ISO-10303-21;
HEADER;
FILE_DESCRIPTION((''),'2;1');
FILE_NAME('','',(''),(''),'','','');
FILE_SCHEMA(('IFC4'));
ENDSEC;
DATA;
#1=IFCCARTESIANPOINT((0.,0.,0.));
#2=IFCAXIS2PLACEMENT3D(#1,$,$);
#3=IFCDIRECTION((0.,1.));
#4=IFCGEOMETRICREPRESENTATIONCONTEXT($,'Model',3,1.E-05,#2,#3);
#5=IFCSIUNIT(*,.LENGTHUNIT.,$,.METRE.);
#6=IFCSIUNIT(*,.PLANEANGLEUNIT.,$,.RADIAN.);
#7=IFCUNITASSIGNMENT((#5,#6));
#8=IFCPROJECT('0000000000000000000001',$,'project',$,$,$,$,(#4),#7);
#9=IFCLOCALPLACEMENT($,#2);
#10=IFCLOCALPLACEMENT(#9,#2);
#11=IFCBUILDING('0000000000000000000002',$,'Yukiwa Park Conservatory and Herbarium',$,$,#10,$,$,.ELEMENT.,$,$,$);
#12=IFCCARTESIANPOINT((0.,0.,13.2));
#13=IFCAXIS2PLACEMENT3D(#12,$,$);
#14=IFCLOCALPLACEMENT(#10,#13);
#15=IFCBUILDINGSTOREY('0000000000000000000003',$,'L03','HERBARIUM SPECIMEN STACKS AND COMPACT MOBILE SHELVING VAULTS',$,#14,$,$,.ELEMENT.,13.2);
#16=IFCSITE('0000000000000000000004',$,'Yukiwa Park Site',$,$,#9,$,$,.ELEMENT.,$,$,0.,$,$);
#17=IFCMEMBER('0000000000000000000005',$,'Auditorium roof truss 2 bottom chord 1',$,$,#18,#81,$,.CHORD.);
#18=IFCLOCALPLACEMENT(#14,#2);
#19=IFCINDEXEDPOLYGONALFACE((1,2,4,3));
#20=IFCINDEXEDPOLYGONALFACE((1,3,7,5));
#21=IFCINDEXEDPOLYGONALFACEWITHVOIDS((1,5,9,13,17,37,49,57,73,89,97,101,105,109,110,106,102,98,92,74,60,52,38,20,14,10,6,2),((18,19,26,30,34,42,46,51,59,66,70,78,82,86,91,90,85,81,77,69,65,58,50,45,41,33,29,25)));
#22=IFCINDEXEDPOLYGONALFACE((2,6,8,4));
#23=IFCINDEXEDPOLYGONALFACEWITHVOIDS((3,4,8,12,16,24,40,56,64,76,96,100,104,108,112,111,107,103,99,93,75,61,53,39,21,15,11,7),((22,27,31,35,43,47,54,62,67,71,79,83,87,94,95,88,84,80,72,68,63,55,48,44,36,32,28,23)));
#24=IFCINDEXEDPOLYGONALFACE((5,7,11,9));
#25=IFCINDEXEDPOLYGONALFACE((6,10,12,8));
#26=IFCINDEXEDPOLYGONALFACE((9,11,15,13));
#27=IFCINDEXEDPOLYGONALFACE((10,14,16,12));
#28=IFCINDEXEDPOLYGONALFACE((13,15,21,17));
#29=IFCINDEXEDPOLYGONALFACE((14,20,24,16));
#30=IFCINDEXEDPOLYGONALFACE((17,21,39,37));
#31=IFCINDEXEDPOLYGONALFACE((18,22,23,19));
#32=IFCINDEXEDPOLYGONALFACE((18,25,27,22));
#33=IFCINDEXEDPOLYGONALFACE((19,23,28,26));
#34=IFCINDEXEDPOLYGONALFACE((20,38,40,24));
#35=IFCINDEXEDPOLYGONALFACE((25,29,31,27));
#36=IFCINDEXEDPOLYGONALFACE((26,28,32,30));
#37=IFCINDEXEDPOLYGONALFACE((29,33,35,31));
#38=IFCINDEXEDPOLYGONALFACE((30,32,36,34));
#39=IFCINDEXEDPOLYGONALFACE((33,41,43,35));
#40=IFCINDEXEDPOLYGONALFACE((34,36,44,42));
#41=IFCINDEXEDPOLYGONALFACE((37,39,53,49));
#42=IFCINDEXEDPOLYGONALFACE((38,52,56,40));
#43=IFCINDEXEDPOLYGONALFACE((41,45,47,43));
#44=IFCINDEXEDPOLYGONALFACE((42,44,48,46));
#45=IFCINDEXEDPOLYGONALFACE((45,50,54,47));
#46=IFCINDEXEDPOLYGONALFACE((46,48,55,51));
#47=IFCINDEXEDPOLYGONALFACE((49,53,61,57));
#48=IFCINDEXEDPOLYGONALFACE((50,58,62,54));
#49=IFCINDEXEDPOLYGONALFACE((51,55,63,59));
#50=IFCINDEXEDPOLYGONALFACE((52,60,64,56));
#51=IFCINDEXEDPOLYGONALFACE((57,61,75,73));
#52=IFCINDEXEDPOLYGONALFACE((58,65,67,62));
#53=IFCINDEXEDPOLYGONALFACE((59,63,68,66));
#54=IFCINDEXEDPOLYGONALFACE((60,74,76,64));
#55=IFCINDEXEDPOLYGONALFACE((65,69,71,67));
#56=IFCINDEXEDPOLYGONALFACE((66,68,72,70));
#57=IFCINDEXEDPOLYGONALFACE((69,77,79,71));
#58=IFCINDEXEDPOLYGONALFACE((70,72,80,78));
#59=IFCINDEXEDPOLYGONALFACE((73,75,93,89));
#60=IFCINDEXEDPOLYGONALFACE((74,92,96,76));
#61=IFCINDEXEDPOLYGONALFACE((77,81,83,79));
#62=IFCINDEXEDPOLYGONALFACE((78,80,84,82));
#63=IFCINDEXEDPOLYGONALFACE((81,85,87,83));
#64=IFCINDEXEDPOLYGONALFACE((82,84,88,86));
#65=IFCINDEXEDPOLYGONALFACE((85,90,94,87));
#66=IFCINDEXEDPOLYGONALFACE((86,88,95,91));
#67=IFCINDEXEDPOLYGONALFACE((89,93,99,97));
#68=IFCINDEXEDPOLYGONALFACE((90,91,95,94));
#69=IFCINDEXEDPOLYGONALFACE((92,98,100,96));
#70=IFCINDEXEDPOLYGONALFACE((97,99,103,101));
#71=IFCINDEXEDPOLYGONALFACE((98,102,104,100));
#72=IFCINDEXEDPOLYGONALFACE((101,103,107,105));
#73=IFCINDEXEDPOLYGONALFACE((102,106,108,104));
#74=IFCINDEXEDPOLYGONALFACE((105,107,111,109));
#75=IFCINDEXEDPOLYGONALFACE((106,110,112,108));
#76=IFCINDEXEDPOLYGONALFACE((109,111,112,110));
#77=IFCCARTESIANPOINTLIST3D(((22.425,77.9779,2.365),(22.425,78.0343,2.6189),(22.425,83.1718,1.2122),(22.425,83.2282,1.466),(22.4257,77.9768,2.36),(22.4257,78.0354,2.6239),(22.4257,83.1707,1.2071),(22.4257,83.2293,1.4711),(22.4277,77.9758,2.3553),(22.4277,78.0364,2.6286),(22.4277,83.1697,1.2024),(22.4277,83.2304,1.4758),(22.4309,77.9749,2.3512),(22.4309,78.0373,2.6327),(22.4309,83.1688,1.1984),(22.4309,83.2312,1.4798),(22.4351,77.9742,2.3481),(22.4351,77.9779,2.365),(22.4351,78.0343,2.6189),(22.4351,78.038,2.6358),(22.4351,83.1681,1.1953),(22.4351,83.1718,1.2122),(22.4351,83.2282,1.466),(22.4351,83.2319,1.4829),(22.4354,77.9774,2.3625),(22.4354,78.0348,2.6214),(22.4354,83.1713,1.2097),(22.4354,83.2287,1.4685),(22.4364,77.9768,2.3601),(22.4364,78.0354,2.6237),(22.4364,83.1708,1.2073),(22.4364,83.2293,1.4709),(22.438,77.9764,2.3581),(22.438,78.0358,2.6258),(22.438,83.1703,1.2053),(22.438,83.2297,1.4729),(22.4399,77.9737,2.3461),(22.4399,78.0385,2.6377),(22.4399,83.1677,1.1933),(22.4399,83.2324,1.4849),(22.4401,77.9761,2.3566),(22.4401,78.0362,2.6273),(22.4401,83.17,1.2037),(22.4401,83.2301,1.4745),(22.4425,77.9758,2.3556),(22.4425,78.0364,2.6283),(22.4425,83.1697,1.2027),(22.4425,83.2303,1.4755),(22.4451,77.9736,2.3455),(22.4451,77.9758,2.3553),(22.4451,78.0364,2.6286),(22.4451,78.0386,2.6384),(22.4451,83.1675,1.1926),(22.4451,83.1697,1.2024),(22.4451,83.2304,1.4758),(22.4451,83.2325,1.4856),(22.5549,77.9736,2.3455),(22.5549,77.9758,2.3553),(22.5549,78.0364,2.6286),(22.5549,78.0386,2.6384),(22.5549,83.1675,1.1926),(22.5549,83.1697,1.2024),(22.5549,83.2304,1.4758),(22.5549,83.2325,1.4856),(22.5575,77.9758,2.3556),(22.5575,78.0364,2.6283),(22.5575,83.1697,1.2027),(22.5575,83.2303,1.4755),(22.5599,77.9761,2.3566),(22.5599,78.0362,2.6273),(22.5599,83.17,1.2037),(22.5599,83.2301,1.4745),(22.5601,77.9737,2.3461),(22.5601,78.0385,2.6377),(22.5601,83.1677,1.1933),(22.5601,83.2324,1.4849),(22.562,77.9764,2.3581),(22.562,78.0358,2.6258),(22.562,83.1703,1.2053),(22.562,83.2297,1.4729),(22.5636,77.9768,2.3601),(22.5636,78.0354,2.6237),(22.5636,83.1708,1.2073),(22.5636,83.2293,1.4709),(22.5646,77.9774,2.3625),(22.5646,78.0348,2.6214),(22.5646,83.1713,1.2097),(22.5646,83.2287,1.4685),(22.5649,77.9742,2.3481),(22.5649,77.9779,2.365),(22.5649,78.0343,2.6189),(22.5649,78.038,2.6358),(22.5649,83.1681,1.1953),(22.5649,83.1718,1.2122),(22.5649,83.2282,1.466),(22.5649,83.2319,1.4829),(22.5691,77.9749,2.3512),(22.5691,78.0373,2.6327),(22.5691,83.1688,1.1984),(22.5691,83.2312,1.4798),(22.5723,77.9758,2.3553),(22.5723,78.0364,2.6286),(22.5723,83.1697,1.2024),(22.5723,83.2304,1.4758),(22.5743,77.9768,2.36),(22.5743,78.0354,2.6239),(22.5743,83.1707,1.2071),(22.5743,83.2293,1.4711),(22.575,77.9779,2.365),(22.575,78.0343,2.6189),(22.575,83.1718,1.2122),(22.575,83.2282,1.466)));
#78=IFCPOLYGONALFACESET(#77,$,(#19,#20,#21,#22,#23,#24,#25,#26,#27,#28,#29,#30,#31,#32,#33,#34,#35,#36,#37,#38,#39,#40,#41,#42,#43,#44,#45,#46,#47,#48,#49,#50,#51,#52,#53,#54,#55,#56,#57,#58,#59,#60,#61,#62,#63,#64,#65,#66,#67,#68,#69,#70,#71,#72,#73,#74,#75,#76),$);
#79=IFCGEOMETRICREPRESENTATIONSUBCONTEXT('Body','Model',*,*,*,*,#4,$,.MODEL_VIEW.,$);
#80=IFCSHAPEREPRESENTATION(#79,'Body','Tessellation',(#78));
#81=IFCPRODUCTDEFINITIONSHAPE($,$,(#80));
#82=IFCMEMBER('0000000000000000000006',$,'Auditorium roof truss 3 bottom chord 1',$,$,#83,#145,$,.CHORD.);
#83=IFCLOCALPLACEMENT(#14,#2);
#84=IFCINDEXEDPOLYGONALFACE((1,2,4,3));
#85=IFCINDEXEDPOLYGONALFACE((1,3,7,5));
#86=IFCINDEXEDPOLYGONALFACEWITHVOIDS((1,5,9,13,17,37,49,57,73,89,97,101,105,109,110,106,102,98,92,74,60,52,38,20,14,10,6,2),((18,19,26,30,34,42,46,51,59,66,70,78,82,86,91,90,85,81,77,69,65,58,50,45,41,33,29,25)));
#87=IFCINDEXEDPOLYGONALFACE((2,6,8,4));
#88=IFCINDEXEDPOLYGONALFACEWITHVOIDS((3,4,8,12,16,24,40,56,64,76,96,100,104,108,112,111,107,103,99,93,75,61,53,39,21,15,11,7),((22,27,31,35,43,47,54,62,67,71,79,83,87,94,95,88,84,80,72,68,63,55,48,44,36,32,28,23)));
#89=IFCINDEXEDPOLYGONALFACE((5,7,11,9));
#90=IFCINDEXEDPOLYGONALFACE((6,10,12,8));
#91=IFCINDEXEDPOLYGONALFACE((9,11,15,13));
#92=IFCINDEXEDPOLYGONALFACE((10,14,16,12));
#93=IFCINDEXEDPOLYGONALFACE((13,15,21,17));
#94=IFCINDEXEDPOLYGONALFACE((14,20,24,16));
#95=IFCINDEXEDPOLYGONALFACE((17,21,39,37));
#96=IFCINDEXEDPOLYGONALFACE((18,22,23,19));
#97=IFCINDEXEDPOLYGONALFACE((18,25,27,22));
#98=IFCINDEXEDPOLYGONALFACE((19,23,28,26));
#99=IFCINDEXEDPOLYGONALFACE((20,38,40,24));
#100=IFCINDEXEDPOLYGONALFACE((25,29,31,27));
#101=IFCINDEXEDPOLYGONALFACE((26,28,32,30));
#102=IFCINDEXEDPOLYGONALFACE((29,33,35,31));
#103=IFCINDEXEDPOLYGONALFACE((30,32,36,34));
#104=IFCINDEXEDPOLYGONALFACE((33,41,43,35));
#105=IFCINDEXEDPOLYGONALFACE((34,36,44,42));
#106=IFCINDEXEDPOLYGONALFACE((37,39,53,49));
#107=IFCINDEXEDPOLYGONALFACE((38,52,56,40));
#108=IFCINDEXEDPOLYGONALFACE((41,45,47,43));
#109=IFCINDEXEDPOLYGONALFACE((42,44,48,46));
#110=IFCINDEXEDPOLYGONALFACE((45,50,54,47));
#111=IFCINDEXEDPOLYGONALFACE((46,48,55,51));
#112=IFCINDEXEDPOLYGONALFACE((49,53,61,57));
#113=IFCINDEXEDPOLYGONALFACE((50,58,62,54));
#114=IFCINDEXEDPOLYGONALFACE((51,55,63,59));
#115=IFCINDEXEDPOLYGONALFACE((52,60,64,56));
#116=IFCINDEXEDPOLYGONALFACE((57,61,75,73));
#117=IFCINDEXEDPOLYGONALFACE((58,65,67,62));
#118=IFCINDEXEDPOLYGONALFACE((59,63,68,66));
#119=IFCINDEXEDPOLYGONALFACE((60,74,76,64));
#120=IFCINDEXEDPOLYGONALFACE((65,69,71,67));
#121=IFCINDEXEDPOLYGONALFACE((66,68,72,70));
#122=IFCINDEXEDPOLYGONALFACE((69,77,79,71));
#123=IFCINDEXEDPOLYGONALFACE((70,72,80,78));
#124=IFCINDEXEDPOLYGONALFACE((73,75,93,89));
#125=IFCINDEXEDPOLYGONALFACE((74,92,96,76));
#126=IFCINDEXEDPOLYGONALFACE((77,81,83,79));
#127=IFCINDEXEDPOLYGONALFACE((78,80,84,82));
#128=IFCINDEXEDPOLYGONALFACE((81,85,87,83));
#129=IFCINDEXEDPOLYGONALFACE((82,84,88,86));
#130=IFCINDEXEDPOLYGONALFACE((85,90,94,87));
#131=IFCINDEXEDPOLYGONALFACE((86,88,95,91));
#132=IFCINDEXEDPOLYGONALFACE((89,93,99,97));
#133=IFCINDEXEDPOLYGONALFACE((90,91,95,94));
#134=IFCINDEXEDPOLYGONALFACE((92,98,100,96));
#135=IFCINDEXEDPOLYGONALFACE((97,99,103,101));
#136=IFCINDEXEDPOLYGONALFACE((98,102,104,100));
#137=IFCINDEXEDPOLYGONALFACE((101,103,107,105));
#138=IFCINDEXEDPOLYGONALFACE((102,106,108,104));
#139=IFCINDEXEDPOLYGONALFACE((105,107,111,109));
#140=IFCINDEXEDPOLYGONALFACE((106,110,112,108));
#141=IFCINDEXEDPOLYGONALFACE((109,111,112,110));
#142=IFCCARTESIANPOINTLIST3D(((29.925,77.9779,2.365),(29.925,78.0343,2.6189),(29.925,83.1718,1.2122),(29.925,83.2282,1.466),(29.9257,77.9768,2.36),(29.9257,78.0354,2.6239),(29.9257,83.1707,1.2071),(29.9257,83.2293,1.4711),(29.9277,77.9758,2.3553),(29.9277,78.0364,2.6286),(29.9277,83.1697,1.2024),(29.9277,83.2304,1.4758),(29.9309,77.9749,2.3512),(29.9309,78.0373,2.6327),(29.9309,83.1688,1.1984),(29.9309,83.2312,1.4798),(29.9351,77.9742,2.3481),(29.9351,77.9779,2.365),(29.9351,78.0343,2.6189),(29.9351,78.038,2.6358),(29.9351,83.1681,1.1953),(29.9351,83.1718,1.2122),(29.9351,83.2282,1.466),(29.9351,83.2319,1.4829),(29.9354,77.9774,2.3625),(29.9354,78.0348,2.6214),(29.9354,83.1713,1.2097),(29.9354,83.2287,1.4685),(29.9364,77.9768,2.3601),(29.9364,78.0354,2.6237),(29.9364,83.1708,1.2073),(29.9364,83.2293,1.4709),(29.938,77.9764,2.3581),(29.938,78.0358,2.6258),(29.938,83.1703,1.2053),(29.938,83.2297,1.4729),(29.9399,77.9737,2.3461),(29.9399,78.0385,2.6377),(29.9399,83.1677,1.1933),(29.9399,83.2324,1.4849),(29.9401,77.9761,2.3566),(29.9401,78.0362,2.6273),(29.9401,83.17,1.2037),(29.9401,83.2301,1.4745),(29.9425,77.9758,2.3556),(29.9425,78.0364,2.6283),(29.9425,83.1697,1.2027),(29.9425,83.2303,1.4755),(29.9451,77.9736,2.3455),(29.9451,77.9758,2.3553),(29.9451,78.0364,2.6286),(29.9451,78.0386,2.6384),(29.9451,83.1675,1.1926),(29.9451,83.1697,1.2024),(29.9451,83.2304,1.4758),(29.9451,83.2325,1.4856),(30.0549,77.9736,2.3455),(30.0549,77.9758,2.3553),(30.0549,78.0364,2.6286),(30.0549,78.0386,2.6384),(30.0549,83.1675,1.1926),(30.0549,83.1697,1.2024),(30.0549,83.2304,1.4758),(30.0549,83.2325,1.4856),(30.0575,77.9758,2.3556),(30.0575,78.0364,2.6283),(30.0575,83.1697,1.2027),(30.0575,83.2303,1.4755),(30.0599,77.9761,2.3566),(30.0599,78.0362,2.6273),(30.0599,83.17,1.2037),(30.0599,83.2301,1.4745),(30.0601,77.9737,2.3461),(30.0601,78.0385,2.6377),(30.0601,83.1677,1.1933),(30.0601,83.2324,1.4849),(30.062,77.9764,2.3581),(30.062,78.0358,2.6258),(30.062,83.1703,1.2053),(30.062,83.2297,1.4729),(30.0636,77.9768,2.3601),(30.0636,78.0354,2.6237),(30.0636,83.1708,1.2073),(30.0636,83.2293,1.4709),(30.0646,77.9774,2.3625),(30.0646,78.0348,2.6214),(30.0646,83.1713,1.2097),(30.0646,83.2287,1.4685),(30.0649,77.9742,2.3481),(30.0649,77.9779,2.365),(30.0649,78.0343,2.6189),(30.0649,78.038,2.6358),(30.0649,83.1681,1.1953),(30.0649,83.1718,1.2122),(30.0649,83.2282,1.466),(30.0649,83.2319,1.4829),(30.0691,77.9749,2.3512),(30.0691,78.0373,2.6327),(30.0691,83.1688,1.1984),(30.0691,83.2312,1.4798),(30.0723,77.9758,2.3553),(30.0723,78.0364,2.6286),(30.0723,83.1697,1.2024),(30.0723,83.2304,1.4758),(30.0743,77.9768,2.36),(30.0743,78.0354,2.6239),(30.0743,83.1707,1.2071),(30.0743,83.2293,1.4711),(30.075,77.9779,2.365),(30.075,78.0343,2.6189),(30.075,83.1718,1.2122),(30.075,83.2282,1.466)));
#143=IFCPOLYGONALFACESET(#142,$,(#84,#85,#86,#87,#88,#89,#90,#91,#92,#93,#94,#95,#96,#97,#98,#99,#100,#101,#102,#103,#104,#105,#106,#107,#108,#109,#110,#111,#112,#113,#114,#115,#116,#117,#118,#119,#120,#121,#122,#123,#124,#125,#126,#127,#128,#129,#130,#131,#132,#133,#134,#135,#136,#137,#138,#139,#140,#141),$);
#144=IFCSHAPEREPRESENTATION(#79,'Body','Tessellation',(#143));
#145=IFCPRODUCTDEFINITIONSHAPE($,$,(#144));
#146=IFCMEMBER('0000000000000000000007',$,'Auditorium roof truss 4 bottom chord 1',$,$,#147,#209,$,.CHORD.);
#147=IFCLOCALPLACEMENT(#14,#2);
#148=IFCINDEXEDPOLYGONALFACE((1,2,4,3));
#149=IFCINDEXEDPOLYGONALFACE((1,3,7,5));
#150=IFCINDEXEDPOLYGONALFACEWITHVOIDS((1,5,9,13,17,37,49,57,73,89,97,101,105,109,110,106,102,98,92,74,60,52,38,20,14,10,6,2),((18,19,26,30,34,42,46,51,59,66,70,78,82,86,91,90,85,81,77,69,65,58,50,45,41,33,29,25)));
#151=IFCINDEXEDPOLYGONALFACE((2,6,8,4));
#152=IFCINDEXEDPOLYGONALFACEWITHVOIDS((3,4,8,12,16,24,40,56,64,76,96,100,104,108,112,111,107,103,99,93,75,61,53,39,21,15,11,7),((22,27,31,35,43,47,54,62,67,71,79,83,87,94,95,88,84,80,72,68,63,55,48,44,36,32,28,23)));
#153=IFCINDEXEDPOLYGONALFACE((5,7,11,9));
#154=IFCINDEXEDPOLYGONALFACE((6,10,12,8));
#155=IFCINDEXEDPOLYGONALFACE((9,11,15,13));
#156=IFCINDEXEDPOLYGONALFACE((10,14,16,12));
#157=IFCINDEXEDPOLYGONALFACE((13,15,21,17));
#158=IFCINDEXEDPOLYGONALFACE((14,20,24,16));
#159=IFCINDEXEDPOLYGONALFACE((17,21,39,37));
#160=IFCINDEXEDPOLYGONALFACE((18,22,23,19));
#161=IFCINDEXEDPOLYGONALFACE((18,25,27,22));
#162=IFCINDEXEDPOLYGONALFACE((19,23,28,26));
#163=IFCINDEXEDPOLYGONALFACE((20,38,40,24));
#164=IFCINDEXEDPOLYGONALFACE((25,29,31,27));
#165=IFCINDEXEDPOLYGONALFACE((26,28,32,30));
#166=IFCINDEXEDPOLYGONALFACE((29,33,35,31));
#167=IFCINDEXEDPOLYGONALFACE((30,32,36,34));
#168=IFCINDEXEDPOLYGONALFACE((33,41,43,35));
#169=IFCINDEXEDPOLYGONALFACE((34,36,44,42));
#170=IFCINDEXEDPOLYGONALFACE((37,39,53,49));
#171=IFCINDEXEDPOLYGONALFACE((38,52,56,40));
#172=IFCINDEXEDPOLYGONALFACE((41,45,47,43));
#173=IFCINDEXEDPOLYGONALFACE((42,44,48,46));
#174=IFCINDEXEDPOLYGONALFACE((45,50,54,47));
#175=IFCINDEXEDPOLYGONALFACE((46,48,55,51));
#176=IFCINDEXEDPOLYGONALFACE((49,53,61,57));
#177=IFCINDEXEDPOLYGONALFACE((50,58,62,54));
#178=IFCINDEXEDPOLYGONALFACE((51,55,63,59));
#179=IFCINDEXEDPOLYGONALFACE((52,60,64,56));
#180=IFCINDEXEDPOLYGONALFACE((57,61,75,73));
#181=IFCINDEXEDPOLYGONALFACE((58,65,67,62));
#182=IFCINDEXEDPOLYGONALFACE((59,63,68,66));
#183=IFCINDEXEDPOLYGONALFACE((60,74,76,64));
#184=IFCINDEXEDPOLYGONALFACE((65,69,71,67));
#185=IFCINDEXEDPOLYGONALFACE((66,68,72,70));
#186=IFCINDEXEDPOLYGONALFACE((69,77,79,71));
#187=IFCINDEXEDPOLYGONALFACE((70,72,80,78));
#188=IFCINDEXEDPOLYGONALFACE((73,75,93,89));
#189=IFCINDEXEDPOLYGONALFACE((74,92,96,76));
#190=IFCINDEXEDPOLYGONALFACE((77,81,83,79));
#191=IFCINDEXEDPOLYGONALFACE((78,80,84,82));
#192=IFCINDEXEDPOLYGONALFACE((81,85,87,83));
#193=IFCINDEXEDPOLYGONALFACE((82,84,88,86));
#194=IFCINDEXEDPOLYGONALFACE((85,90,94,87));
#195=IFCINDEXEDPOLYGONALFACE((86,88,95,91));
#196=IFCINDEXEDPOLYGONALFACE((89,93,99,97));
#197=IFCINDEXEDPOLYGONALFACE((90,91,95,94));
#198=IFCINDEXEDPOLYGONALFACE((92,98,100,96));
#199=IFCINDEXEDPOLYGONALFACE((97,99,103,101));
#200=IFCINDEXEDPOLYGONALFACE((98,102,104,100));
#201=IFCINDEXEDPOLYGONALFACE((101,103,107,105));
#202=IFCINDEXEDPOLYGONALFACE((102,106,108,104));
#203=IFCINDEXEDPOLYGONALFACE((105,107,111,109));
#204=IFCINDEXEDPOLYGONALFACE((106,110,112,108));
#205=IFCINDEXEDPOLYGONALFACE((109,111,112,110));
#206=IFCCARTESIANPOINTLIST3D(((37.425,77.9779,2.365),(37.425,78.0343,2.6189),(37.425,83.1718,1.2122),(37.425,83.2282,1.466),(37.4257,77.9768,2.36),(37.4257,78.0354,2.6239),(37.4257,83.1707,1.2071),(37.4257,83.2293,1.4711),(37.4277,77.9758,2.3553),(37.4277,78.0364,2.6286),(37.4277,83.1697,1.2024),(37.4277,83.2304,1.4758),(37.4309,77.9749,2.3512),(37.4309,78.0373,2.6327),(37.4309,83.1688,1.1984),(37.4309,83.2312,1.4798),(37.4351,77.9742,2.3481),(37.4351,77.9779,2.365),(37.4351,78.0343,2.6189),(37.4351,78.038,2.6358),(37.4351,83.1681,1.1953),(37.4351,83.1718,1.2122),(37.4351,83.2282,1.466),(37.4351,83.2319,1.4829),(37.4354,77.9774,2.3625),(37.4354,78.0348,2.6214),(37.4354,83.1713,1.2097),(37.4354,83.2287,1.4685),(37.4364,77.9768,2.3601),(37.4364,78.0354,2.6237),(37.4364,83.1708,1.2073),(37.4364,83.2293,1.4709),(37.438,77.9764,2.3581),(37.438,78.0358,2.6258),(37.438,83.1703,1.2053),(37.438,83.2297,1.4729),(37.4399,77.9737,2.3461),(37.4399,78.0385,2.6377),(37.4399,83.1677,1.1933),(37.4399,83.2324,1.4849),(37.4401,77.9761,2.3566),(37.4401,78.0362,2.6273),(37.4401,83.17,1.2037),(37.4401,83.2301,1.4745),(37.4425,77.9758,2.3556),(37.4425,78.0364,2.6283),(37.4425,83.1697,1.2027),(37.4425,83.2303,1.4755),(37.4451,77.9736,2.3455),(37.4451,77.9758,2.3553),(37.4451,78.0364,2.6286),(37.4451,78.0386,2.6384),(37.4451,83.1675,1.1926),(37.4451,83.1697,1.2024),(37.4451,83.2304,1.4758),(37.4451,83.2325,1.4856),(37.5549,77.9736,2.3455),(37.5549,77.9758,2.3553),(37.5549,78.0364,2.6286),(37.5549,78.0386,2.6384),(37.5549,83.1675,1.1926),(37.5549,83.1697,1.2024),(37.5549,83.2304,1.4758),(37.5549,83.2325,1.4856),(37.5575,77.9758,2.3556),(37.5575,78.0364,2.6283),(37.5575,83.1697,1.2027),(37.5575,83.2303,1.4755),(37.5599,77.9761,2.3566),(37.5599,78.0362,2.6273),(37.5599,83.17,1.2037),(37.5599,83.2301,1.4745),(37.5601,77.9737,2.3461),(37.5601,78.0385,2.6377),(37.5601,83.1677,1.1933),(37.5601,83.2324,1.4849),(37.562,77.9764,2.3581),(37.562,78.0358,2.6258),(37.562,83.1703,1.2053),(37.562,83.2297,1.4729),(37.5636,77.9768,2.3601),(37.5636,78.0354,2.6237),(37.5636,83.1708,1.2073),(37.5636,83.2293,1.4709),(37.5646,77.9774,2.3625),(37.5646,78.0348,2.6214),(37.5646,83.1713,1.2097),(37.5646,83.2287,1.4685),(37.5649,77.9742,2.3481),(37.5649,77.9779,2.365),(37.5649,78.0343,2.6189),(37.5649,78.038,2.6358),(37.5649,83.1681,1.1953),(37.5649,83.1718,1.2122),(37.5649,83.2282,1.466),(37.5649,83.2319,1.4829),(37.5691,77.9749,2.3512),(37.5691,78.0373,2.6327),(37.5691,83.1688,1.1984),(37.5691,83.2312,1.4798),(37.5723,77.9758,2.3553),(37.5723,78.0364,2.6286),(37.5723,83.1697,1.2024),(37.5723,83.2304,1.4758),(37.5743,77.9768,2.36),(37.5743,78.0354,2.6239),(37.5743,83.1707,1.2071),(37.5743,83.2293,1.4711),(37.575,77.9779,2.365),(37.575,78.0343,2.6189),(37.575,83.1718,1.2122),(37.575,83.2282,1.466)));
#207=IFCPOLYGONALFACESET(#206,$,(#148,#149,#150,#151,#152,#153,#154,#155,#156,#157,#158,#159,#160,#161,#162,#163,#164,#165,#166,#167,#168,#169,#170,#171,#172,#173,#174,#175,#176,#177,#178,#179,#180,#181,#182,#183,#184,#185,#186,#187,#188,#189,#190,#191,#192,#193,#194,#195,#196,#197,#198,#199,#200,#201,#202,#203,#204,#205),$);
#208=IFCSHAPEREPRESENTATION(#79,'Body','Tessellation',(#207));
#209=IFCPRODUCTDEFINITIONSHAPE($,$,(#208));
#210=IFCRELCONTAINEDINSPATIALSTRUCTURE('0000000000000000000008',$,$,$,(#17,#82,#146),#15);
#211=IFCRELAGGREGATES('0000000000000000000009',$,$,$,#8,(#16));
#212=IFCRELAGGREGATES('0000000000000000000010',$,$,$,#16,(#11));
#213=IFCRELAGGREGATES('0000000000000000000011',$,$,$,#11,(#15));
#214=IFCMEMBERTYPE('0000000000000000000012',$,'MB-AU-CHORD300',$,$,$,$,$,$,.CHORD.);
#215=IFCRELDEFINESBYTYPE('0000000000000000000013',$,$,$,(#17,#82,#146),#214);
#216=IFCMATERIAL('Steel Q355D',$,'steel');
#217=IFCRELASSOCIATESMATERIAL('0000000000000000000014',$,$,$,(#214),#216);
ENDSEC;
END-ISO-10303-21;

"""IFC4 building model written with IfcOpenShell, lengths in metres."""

from ifc_helpers import new_model, si_unit, direction, frame, origin, origin_2d, place, context, subcontext, project, spatial, hollow_rectangle, extrude, material, material_profile, profile_set, type_object, element, save


model = new_model("IFC4")

# Units and contexts
model_context = context("Model", 3, precision=1e-05, world=origin(), true_north=direction((0.0, 1.0)))
body_context = subcontext(model_context, "Body", "Model", "MODEL_VIEW")
ifc_project = project(units=[si_unit("LENGTHUNIT", "METRE"), si_unit("PLANEANGLEUNIT", "RADIAN")], contexts=[model_context])

# Site, building, storey
site_placement = place(None, origin())
site = spatial("IfcSite", under=ifc_project, at=site_placement, Name="Yukiwa Park Site", CompositionType="ELEMENT", RefElevation=0.0)
building_placement = place(site_placement, origin())
building = spatial("IfcBuilding", under=site, at=building_placement, Name="Yukiwa Park Conservatory and Herbarium", CompositionType="ELEMENT")
storey_placement = place(building_placement, frame((0.0, 0.0, 13.2)))
storey = spatial("IfcBuildingStorey", under=building, at=storey_placement, Name="L03", Description="HERBARIUM SPECIMEN STACKS AND COMPACT MOBILE SHELVING VAULTS", CompositionType="ELEMENT", Elevation=13.2)

# Members
ifc_material_1 = material(Name="Steel Q355D", Category="steel")
ifc_material_profile_1 = material_profile(ifc_material_1, hollow_rectangle(XDim=0.1499, YDim=0.3, WallThickness=0.01, InnerFilletRadius=0.01, OuterFilletRadius=0.02, at=origin_2d()), Name="RHS 300x150x10")
ifc_profile_set_1 = profile_set([ifc_material_profile_1], Name="Steel Q355D")
member_type_1 = type_object("IfcMemberType", Name="MB-AU-CHORD300", PredefinedType="CHORD", material=ifc_profile_set_1)
for number, where, z_axis, x_axis, name in (
    (1, (22.5, 78.0061, 2.4919), (0.0, 0.976241, -0.216688), (-1.0, 0.0, 0.0), "Auditorium roof truss 2 bottom chord 1"),
    (2, (30.0, 78.0061, 2.4919), (0.0, 0.976241, -0.216688), (-1.0, 0.0, 0.0), "Auditorium roof truss 3 bottom chord 1"),
    (3, (37.5, 78.0061, 2.4919), (0.0, 0.976241, -0.216688), (-1.0, 0.0, 0.0), "Auditorium roof truss 4 bottom chord 1"),
):
    element("IfcMember", number, at=place(storey_placement, frame(where, z_axis=z_axis, x_axis=x_axis)), inside=storey, type_object=member_type_1, Name=name, PredefinedType="CHORD", context=body_context, shape_type="SweptSolid", body=[
        extrude(hollow_rectangle(XDim=0.1499, YDim=0.3, WallThickness=0.01, InnerFilletRadius=0.01, OuterFilletRadius=0.02, at=origin_2d()), origin(), (0.0, 0.0, 1.0), 5.3203),
    ])

save(model, "model.ifc")
